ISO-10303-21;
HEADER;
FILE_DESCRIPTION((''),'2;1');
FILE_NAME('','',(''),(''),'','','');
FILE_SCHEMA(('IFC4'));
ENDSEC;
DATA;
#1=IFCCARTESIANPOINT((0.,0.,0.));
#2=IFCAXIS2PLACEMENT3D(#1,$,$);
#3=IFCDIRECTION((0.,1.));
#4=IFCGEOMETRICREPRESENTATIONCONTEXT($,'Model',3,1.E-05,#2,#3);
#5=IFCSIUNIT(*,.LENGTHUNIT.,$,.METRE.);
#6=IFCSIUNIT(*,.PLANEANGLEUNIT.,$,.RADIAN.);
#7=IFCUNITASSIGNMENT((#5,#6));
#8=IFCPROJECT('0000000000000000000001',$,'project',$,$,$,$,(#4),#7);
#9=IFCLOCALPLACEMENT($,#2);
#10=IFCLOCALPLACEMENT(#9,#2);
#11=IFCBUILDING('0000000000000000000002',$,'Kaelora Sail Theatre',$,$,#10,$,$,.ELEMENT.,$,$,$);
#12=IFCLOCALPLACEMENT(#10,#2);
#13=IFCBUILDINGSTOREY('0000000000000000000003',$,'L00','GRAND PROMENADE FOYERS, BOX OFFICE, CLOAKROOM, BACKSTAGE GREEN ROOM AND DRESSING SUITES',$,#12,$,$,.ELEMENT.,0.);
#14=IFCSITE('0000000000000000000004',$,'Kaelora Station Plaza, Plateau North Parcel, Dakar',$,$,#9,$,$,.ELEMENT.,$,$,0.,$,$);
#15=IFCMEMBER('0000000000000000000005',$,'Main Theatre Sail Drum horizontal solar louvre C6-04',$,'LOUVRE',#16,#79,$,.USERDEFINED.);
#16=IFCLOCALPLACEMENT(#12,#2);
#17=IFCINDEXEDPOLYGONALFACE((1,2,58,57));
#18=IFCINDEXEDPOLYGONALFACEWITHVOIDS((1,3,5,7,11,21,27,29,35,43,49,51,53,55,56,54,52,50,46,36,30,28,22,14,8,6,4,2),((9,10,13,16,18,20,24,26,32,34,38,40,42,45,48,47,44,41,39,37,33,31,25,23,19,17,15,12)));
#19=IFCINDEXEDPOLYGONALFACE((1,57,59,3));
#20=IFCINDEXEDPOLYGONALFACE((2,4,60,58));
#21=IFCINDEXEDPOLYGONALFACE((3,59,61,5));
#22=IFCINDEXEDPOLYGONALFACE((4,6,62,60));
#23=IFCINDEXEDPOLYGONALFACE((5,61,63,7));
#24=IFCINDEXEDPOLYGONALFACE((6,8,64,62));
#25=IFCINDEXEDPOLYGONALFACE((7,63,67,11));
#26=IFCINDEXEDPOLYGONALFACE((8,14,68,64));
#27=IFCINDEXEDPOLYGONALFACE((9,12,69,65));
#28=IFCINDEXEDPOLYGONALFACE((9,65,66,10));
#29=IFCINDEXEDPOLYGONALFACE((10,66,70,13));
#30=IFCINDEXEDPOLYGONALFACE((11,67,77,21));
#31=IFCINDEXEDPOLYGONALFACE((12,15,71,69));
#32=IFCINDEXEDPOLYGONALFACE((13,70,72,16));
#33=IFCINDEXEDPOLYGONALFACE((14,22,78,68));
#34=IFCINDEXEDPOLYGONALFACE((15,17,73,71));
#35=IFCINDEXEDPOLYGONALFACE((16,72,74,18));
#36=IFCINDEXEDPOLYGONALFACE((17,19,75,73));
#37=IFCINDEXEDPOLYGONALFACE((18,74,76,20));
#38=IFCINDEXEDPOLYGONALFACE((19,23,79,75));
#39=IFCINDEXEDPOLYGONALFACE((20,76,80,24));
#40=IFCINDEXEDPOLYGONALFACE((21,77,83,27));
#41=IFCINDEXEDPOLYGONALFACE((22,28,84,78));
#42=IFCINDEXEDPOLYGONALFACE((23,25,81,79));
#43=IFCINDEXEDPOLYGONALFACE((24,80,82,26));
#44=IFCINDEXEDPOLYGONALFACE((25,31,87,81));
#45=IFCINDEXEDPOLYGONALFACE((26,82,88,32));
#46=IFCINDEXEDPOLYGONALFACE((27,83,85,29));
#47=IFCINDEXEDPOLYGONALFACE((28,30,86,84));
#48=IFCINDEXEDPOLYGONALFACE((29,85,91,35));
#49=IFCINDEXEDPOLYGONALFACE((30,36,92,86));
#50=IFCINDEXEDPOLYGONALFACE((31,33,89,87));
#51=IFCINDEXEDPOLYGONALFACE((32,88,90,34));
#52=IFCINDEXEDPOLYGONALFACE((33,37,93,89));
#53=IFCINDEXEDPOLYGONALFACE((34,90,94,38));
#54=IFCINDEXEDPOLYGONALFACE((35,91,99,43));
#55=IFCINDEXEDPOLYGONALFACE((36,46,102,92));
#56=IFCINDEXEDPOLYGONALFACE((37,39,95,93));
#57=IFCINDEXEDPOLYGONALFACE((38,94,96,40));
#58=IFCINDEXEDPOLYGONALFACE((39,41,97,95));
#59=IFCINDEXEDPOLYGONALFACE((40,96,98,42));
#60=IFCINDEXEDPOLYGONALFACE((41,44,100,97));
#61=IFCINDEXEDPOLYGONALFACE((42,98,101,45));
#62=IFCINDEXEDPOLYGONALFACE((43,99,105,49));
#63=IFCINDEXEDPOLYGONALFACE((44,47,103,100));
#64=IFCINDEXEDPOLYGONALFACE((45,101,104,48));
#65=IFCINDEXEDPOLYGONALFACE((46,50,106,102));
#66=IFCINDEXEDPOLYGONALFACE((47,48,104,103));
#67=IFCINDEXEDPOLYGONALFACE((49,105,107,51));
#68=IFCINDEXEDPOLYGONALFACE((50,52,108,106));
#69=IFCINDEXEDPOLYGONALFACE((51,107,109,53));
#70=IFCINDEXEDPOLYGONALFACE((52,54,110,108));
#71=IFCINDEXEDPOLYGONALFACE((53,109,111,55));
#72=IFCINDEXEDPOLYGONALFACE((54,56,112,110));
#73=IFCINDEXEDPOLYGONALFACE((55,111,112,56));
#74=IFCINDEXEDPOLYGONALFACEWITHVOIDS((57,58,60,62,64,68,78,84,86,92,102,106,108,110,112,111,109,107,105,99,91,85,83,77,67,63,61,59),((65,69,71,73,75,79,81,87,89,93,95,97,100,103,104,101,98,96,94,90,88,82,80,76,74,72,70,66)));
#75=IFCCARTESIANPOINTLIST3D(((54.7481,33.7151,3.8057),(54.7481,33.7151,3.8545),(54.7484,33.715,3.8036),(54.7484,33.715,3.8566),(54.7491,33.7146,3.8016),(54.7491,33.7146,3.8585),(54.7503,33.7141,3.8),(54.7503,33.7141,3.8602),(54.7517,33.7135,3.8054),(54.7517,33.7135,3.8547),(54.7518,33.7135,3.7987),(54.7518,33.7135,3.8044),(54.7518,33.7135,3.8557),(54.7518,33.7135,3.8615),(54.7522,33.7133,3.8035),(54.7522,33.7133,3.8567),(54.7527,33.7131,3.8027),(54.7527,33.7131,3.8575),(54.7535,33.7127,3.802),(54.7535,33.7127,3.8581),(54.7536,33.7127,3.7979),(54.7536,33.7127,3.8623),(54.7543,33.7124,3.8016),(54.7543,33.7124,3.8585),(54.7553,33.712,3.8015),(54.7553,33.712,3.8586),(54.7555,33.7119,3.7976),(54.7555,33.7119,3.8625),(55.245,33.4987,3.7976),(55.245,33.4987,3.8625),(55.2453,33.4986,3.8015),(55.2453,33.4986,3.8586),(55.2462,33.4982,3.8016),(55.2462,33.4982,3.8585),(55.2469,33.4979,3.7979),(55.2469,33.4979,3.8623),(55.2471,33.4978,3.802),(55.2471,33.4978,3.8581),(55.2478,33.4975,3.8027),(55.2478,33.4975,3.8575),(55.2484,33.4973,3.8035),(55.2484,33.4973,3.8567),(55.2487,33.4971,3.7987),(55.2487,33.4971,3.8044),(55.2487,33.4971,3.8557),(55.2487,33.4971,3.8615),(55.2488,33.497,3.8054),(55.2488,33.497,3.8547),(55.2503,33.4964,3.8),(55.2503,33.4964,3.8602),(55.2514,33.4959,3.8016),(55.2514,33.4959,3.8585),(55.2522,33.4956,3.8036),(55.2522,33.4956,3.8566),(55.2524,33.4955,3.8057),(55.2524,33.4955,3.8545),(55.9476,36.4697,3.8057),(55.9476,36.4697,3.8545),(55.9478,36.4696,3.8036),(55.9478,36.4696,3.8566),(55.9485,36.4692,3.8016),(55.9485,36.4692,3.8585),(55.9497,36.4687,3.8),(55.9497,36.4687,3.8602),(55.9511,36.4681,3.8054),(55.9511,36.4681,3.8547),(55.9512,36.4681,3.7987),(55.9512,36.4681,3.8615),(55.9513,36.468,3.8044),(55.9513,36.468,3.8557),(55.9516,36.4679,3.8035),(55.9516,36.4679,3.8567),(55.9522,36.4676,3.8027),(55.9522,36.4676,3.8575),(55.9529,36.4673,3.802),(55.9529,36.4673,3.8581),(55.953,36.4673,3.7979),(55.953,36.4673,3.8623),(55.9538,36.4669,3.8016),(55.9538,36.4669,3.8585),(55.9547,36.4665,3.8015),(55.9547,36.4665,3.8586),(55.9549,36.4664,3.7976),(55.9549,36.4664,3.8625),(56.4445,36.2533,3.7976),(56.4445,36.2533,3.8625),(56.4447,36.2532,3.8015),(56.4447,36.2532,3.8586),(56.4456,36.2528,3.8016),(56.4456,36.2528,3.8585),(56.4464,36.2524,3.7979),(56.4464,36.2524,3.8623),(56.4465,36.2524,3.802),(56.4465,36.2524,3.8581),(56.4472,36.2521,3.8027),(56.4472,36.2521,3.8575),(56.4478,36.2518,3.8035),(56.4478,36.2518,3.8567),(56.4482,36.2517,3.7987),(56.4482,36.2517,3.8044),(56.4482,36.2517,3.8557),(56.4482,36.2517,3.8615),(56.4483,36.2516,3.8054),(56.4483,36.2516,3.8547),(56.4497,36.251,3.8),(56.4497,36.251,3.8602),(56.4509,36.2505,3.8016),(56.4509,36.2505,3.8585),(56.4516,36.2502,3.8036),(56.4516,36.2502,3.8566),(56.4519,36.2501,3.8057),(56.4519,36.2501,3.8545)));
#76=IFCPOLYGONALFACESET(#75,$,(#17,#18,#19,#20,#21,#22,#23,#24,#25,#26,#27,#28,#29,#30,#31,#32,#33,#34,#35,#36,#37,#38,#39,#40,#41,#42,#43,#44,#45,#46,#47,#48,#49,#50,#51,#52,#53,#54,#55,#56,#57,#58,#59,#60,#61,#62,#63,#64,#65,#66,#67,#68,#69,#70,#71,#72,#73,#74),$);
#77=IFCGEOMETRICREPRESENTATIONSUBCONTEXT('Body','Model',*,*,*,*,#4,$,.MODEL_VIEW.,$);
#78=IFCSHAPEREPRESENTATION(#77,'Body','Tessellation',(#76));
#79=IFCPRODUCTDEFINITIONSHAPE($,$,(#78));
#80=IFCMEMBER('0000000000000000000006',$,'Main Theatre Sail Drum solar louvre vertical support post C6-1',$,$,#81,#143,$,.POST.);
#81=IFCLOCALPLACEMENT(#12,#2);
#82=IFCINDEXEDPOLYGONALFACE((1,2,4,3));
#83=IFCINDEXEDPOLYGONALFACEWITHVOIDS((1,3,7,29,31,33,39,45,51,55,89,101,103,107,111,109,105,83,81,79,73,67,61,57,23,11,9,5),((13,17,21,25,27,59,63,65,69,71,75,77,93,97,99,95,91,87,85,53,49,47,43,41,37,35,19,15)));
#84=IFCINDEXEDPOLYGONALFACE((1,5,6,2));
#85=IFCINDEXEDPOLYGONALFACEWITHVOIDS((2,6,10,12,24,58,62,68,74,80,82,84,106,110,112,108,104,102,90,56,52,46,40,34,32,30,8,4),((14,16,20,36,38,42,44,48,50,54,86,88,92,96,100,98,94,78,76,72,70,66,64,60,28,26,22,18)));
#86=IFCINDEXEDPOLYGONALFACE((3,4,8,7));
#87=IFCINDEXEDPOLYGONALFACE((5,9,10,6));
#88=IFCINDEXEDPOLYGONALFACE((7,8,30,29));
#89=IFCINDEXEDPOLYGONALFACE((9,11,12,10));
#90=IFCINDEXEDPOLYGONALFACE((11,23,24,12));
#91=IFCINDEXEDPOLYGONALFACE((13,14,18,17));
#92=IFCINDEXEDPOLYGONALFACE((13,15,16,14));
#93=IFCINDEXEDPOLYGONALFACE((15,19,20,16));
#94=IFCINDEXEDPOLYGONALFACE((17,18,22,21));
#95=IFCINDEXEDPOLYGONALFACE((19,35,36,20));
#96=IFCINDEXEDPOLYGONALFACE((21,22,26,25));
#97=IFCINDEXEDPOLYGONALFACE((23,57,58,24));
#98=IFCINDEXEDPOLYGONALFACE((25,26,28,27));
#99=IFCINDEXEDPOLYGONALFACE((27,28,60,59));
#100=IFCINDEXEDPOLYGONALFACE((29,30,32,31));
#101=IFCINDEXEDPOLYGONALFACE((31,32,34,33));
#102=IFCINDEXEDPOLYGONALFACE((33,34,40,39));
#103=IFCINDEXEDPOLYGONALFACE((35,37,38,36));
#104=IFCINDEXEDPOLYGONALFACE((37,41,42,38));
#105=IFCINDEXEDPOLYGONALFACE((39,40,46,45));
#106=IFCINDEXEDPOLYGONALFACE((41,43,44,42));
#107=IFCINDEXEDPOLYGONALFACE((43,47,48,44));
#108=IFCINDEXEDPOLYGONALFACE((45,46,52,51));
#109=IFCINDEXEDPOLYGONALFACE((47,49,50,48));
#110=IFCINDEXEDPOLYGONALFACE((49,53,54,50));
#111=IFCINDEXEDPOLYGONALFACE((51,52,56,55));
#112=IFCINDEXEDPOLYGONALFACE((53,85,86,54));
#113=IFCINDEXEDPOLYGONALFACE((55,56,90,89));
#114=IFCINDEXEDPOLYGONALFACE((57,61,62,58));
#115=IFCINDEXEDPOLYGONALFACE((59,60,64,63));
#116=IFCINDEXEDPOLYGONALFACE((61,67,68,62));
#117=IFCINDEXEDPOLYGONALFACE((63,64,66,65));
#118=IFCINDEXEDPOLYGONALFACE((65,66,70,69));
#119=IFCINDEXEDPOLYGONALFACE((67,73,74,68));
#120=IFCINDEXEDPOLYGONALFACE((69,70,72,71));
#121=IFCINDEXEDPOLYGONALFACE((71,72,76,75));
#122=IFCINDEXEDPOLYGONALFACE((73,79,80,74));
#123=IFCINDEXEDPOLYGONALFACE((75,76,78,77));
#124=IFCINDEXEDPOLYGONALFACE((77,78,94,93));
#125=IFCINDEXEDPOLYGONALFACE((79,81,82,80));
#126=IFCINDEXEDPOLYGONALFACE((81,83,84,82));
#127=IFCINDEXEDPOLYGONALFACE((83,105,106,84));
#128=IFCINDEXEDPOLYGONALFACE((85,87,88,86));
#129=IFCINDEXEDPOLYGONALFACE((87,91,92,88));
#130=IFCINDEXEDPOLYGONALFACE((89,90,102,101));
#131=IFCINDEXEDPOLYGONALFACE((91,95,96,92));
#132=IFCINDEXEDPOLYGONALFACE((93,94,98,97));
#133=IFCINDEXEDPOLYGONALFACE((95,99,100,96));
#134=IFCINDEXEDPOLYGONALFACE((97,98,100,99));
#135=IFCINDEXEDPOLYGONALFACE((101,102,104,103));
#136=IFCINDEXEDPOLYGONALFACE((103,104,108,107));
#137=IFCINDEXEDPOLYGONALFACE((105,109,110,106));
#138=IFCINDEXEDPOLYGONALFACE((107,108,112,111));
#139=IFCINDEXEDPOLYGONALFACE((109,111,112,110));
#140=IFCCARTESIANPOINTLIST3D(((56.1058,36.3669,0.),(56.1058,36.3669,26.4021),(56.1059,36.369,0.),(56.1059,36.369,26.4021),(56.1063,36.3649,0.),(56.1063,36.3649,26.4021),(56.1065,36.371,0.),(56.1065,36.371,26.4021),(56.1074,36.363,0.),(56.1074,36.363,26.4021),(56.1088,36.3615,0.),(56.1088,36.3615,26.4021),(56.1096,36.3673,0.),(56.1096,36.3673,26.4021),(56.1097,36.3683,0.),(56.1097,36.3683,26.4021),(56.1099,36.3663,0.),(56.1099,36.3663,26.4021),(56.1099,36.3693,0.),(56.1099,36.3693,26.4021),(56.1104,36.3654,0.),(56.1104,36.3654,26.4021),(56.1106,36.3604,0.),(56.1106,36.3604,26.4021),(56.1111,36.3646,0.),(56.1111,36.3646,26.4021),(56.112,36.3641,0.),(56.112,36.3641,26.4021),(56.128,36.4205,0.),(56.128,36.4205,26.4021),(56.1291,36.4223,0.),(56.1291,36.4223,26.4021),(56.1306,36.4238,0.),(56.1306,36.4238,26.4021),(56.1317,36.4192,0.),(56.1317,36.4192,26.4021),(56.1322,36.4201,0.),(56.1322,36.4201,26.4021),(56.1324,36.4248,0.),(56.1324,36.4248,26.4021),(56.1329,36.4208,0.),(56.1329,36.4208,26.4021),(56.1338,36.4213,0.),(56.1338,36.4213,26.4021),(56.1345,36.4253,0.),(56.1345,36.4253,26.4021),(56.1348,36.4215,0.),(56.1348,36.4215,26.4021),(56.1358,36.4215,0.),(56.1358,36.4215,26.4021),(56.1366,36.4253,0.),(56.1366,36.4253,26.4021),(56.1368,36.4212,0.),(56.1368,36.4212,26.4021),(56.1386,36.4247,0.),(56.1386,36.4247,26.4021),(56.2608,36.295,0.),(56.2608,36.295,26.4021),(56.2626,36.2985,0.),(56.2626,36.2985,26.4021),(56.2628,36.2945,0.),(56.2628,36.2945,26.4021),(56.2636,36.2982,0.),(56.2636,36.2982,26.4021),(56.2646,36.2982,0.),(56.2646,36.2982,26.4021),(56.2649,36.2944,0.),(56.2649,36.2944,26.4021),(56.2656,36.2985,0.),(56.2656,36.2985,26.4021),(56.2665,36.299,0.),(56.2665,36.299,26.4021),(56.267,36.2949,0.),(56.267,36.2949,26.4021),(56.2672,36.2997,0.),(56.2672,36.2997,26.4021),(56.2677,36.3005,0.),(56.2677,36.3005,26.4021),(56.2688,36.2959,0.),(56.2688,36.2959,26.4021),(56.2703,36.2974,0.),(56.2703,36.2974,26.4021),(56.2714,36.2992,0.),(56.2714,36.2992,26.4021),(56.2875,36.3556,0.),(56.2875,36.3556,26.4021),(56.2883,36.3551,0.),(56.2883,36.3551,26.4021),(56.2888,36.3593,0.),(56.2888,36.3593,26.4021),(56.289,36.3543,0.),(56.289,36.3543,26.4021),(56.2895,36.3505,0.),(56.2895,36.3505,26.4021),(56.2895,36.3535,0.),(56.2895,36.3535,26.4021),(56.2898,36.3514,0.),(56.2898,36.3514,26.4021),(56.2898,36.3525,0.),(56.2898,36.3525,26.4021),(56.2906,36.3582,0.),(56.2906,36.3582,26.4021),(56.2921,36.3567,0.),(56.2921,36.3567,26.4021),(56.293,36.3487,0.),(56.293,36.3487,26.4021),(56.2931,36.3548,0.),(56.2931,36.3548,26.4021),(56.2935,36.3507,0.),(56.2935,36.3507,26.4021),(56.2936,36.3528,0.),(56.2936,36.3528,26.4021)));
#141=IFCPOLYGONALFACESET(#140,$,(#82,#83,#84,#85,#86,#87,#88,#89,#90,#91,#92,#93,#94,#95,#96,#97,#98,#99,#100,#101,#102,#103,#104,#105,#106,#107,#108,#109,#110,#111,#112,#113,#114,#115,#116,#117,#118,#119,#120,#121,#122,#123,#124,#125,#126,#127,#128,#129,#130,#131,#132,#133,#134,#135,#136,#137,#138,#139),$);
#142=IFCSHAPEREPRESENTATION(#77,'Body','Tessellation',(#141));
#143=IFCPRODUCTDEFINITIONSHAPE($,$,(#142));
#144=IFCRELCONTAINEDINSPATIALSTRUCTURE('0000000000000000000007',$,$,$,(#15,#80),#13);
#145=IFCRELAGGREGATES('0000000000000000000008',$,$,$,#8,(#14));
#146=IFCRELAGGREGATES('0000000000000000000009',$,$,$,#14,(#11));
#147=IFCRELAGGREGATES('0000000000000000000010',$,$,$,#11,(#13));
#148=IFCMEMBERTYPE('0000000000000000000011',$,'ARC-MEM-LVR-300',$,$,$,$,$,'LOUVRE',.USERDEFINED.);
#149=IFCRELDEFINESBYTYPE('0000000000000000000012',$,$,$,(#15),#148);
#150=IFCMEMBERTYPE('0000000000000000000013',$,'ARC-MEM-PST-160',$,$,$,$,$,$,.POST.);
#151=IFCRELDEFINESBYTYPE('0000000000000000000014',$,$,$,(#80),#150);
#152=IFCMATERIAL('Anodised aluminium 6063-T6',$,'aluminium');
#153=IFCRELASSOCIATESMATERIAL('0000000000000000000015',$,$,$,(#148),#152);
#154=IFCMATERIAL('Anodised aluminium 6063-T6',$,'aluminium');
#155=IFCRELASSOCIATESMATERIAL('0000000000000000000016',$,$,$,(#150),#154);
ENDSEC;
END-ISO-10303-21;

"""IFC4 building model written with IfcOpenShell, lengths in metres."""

from ifc_helpers import new_model, si_unit, direction, frame, origin, origin_2d, place, context, subcontext, project, spatial, hollow_rectangle, extrude, material, material_profile, profile_set, type_object, element, save


model = new_model("IFC4")

# Units and contexts
model_context = context("Model", 3, precision=1e-05, world=origin(), true_north=direction((0.0, 1.0)))
body_context = subcontext(model_context, "Body", "Model", "MODEL_VIEW")
ifc_project = project(units=[si_unit("LENGTHUNIT", "METRE"), si_unit("PLANEANGLEUNIT", "RADIAN")], contexts=[model_context])

# Site, building, storey
site_placement = place(None, origin())
site = spatial("IfcSite", under=ifc_project, at=site_placement, Name="Kaelora Station Plaza, Plateau North Parcel, Dakar", CompositionType="ELEMENT", RefElevation=0.0)
building_placement = place(site_placement, origin())
building = spatial("IfcBuilding", under=site, at=building_placement, Name="Kaelora Sail Theatre", CompositionType="ELEMENT")
storey_placement = place(building_placement, origin())
storey = spatial("IfcBuildingStorey", under=building, at=storey_placement, Name="L00", Description="GRAND PROMENADE FOYERS, BOX OFFICE, CLOAKROOM, BACKSTAGE GREEN ROOM AND DRESSING SUITES", CompositionType="ELEMENT", Elevation=0.0)

# Members
ifc_material_1 = material(Name="Anodised aluminium 6063-T6", Category="aluminium")
ifc_material_profile_1 = material_profile(ifc_material_1, hollow_rectangle(XDim=0.55, YDim=0.0649, WallThickness=0.0039, InnerFilletRadius=0.0039, OuterFilletRadius=0.0081, at=origin_2d()), Name="LOUVRE 550x65x4")
ifc_profile_set_1 = profile_set([ifc_material_profile_1], Name="Anodised aluminium 6063-T6")
member_type_1 = type_object("IfcMemberType", Name="ARC-MEM-LVR-300", ElementType="LOUVRE", PredefinedType="USERDEFINED", material=ifc_profile_set_1)
for number, where, z_axis, x_axis, name in (
    (1, (56.1997, 36.3599, 3.8301), (-0.399228, -0.916852, 0.0), (0.916852, -0.399228, 0.0), "Main Theatre Sail Drum horizontal solar louvre C6-04"),
):
    element("IfcMember", number, at=place(storey_placement, frame(where, z_axis=z_axis, x_axis=x_axis)), inside=storey, type_object=member_type_1, Name=name, ObjectType="LOUVRE", PredefinedType="USERDEFINED", context=body_context, shape_type="SweptSolid", body=[
        extrude(hollow_rectangle(XDim=0.55, YDim=0.0649, WallThickness=0.0039, InnerFilletRadius=0.0039, OuterFilletRadius=0.0081, at=origin_2d()), origin(), (0.0, 0.0, 1.0), 3.0044),
    ])
ifc_material_2 = material(Name="Anodised aluminium 6063-T6", Category="aluminium")
ifc_material_profile_2 = material_profile(ifc_material_2, hollow_rectangle(XDim=0.0701, YDim=0.1799, WallThickness=0.0039, InnerFilletRadius=0.0039, OuterFilletRadius=0.0081, at=origin_2d()), Name="ALU-MULL 70x180x4")
ifc_profile_set_2 = profile_set([ifc_material_profile_2], Name="Anodised aluminium 6063-T6")
member_type_2 = type_object("IfcMemberType", Name="ARC-MEM-PST-160", PredefinedType="POST", material=ifc_profile_set_2)
for number, where, z_axis, x_axis, name in (
    (2, (56.1997, 36.3599, 0.0), (0.0, 0.0, 1.0), (-0.399229, -0.916851, 0.0), "Main Theatre Sail Drum solar louvre vertical support post C6-1"),
):
    element("IfcMember", number, at=place(storey_placement, frame(where, z_axis=z_axis, x_axis=x_axis)), inside=storey, type_object=member_type_2, Name=name, PredefinedType="POST", context=body_context, shape_type="SweptSolid", body=[
        extrude(hollow_rectangle(XDim=0.0701, YDim=0.1799, WallThickness=0.0039, InnerFilletRadius=0.0039, OuterFilletRadius=0.0081, at=origin_2d()), origin(), (0.0, 0.0, 1.0), 26.4021),
    ])

save(model, "model.ifc")
